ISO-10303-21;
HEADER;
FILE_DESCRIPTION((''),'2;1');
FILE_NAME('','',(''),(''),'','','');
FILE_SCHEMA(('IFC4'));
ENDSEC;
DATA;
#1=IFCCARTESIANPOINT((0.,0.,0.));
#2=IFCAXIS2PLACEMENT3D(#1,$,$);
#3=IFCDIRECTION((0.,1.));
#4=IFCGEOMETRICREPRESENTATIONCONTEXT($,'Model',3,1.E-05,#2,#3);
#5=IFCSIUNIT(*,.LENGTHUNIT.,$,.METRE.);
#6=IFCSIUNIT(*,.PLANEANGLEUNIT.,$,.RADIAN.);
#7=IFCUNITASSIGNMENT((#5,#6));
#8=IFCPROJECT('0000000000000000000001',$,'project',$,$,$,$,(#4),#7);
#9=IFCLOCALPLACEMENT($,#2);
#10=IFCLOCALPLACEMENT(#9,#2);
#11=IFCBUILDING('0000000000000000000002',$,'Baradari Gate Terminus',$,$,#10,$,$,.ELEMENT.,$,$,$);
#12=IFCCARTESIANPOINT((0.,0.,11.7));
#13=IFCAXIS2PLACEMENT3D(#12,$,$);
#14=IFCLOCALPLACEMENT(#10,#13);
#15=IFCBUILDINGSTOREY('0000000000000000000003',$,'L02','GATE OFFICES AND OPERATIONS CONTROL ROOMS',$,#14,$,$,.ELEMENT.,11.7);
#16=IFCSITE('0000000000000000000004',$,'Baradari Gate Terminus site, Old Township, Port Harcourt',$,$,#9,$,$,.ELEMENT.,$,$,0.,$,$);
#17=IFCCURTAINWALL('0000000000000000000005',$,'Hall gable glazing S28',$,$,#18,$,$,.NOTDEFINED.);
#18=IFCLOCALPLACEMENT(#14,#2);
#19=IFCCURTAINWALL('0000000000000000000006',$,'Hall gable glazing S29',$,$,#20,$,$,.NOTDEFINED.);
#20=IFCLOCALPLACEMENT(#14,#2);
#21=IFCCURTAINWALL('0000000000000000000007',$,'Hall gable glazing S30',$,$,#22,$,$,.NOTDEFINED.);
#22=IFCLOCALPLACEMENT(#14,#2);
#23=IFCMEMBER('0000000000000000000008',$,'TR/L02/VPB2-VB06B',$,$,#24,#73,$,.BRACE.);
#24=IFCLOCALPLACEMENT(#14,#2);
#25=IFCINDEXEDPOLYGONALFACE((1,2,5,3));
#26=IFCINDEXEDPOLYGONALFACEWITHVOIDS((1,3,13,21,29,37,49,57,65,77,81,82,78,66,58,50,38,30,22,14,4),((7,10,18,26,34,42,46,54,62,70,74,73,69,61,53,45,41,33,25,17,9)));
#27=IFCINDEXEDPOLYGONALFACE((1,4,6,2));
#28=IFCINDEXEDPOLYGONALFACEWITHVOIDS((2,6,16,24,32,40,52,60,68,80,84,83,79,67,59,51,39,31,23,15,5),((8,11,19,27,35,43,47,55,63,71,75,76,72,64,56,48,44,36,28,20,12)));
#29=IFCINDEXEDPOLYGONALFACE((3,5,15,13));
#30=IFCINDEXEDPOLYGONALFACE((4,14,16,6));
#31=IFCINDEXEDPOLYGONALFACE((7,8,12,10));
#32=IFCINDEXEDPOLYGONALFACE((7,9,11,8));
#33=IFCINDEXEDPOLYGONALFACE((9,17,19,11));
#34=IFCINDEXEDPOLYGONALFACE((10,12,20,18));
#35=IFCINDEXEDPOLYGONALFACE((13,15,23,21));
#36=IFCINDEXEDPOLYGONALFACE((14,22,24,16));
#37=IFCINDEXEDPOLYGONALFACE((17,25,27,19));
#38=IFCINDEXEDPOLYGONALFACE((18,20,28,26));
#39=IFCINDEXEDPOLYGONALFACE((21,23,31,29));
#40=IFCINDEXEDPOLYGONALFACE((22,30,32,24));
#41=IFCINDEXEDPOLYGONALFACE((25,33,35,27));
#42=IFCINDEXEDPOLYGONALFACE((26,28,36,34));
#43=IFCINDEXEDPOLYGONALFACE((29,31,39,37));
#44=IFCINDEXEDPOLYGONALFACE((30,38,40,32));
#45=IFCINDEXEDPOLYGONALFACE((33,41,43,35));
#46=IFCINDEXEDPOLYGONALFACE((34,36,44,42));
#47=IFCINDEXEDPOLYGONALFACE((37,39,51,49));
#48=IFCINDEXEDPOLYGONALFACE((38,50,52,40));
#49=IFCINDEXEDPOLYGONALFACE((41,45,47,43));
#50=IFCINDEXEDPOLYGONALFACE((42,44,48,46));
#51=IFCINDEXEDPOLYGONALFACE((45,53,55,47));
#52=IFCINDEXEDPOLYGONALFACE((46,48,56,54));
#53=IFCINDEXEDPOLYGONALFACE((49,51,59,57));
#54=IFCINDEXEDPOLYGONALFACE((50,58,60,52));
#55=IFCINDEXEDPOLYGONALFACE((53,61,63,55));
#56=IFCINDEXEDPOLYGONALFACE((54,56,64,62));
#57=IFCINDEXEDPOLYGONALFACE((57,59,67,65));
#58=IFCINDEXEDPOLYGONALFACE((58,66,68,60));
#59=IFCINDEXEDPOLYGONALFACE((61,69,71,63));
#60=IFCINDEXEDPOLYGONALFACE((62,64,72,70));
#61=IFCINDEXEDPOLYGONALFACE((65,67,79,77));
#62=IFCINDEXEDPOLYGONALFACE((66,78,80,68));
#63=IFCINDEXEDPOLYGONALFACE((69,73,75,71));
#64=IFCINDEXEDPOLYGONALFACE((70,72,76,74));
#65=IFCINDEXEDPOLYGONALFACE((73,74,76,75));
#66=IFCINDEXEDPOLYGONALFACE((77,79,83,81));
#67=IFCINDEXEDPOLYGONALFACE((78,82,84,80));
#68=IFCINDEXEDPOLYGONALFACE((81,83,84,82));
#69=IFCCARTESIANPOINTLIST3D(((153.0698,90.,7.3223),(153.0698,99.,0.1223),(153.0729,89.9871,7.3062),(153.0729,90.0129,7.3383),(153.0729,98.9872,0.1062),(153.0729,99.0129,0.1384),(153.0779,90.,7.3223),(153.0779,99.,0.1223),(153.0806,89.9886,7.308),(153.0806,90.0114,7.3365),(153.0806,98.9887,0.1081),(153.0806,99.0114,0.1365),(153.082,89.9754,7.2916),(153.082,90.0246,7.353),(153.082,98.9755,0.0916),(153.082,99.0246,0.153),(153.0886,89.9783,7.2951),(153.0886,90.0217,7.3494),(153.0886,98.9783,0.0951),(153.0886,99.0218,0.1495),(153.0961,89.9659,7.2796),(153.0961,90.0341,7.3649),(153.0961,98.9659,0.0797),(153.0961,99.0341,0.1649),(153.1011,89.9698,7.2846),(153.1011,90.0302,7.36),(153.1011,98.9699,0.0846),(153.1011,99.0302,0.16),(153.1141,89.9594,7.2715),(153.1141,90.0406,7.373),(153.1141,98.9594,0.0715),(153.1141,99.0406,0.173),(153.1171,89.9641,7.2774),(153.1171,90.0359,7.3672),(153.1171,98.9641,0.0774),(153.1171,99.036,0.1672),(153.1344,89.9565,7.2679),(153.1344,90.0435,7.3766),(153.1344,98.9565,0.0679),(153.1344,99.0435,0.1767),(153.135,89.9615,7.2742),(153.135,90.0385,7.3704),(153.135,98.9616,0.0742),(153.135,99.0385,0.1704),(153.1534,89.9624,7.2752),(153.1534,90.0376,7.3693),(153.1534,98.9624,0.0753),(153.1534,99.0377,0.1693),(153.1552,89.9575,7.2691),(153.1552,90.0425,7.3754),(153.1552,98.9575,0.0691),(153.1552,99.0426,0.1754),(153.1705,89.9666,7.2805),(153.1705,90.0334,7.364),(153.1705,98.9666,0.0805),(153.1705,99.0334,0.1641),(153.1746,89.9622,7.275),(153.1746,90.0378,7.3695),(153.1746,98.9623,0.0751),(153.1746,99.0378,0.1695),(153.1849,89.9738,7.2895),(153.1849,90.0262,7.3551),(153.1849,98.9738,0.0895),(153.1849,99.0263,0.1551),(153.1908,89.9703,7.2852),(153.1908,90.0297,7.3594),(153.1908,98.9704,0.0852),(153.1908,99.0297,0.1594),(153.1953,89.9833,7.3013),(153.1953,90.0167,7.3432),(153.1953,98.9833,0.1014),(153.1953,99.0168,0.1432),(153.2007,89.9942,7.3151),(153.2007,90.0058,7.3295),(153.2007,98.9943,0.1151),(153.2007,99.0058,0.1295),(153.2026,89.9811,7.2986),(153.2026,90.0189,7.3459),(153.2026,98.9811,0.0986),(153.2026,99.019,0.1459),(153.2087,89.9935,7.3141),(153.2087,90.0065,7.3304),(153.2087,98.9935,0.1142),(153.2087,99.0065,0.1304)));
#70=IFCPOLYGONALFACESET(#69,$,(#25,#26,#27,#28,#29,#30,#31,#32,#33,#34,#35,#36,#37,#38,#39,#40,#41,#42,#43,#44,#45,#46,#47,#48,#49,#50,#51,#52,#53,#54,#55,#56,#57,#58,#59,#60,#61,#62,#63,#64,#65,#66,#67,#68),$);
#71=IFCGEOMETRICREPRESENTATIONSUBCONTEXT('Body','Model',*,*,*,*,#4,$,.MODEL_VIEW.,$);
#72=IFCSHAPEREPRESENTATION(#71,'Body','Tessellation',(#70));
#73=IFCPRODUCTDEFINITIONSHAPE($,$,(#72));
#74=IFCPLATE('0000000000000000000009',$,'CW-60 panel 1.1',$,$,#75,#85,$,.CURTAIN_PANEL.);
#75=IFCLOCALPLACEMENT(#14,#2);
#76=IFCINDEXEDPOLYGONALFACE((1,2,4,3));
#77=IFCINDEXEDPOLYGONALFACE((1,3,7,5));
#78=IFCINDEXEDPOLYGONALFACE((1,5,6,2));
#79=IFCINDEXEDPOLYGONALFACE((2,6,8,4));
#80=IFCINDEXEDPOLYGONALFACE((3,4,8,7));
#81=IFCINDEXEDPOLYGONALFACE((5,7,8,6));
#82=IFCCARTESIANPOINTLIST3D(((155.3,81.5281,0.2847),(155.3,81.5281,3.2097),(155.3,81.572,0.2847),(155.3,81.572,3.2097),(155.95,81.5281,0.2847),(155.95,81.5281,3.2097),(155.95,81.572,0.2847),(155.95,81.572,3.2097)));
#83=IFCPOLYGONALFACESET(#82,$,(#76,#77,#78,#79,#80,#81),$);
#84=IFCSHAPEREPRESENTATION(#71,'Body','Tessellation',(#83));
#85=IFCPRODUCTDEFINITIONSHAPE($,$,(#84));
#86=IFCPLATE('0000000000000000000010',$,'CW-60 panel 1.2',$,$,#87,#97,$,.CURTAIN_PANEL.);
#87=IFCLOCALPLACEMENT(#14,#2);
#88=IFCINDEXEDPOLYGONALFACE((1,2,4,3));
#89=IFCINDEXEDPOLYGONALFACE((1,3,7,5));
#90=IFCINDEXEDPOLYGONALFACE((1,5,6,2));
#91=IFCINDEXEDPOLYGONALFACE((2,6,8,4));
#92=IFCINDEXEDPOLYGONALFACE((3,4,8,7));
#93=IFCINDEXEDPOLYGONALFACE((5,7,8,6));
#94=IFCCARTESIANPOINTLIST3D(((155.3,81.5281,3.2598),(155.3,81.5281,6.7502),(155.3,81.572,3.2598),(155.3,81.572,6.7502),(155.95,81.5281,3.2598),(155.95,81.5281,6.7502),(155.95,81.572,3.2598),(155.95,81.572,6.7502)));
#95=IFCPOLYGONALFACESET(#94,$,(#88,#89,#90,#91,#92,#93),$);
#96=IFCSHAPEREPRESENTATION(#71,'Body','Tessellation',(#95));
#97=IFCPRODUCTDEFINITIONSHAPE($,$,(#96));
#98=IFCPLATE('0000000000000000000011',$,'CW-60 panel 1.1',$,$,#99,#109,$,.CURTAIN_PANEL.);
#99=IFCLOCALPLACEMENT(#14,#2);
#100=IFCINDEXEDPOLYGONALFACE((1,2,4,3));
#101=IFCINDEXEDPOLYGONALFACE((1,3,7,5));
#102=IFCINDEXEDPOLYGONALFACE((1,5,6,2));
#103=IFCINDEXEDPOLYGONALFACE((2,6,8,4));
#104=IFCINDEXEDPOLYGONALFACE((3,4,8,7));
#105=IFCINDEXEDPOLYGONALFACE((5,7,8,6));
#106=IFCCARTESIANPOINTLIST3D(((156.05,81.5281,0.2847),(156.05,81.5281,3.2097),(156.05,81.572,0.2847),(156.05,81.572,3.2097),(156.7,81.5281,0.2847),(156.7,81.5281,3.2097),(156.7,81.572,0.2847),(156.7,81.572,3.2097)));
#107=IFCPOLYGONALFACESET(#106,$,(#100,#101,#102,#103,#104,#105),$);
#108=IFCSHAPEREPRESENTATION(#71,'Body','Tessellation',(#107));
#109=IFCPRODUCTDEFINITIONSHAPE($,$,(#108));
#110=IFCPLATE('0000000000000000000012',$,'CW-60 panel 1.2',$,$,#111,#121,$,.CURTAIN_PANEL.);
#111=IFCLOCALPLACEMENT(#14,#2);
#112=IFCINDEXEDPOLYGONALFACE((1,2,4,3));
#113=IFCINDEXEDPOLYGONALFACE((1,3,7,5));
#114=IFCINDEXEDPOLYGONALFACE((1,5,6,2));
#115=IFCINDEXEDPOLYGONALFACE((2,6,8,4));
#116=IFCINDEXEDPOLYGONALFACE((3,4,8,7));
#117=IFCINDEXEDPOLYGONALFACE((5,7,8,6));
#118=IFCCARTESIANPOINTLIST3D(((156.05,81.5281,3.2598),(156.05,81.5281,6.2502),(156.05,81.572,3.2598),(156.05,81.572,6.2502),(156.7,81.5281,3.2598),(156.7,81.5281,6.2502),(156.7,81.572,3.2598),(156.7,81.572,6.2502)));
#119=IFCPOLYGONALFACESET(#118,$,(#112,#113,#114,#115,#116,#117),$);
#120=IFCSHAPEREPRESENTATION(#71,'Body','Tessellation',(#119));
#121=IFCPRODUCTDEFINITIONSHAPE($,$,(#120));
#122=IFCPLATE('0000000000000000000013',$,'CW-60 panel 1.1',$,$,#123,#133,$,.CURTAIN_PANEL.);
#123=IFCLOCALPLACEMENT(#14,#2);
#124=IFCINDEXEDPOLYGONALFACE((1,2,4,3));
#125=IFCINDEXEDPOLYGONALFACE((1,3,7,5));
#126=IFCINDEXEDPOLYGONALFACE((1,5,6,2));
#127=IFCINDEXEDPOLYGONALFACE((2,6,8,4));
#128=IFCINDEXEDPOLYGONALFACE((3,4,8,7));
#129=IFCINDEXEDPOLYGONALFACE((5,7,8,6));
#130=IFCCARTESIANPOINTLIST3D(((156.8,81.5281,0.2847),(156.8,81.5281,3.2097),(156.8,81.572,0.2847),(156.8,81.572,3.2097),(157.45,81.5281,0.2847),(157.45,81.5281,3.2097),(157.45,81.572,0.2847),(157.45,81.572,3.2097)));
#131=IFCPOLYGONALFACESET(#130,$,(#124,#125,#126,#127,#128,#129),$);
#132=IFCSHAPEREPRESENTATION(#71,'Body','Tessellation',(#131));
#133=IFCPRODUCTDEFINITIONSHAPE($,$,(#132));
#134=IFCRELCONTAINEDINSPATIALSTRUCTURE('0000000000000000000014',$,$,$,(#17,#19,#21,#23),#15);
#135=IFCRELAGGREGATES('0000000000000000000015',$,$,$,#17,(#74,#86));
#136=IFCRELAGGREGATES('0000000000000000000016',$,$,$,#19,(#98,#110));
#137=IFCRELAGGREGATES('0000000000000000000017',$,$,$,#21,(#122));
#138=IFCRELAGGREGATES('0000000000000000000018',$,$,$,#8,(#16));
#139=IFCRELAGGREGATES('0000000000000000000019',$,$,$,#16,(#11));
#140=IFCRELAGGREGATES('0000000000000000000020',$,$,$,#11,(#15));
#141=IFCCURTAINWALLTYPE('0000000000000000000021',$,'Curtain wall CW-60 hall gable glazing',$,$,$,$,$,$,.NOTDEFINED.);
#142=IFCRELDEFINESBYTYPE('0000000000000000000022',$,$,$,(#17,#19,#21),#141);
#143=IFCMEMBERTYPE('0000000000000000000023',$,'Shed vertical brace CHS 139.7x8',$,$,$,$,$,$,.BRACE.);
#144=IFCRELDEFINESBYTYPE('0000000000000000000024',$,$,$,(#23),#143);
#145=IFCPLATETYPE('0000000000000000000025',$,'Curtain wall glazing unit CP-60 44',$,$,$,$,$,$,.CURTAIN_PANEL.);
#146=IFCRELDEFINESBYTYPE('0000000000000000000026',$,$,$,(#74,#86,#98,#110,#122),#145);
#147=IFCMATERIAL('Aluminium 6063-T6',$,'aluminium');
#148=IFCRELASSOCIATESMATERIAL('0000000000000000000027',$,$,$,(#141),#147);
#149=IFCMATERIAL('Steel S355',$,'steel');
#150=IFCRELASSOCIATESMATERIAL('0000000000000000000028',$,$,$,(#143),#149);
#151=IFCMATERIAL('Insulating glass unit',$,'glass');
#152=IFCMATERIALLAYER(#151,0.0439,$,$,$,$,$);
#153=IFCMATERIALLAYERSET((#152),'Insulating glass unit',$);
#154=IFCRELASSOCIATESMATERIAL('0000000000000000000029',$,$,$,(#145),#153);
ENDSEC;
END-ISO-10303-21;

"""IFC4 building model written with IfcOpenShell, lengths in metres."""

from ifc_helpers import new_model, si_unit, direction, frame, origin, origin_2d, place, context, subcontext, project, spatial, rectangle, hollow_circle, extrude, material, layer, layer_set, material_profile, profile_set, type_object, element, aggregate, save


model = new_model("IFC4")

# Units and contexts
model_context = context("Model", 3, precision=1e-05, world=origin(), true_north=direction((0.0, 1.0)))
body_context = subcontext(model_context, "Body", "Model", "MODEL_VIEW")
ifc_project = project(units=[si_unit("LENGTHUNIT", "METRE"), si_unit("PLANEANGLEUNIT", "RADIAN")], contexts=[model_context])

# Site, building, storey
site_placement = place(None, origin())
site = spatial("IfcSite", under=ifc_project, at=site_placement, Name="Baradari Gate Terminus site, Old Township, Port Harcourt", CompositionType="ELEMENT", RefElevation=0.0)
building_placement = place(site_placement, origin())
building = spatial("IfcBuilding", under=site, at=building_placement, Name="Baradari Gate Terminus", CompositionType="ELEMENT")
storey_placement = place(building_placement, frame((0.0, 0.0, 11.7)))
storey = spatial("IfcBuildingStorey", under=building, at=storey_placement, Name="L02", Description="GATE OFFICES AND OPERATIONS CONTROL ROOMS", CompositionType="ELEMENT", Elevation=11.7)

# Curtain wall
ifc_material_1 = material(Name="Aluminium 6063-T6", Category="aluminium")
curtain_wall_type = type_object("IfcCurtainWallType", Name="Curtain wall CW-60 hall gable glazing", PredefinedType="NOTDEFINED", material=ifc_material_1)
curtain_wall_1_placement = place(storey_placement, origin())
curtain_wall_1 = element("IfcCurtainWall", 1, at=curtain_wall_1_placement, inside=storey, type_object=curtain_wall_type, Name="Hall gable glazing S28", PredefinedType="NOTDEFINED")

# Curtain wall
curtain_wall_2_placement = place(storey_placement, origin())
curtain_wall_2 = element("IfcCurtainWall", 2, at=curtain_wall_2_placement, inside=storey, type_object=curtain_wall_type, Name="Hall gable glazing S29", PredefinedType="NOTDEFINED")

# Curtain wall
curtain_wall_3_placement = place(storey_placement, origin())
curtain_wall_3 = element("IfcCurtainWall", 3, at=curtain_wall_3_placement, inside=storey, type_object=curtain_wall_type, Name="Hall gable glazing S30", PredefinedType="NOTDEFINED")

# Member
ifc_material_2 = material(Name="Steel S355", Category="steel")
ifc_material_profile_1 = material_profile(ifc_material_2, hollow_circle(Radius=0.0698, WallThickness=0.0081, at=origin_2d()), Name="CHS 139.7x8")
ifc_profile_set_1 = profile_set([ifc_material_profile_1], Name="Steel S355")
member_type_1 = type_object("IfcMemberType", Name="Shed vertical brace CHS 139.7x8", PredefinedType="BRACE", material=ifc_profile_set_1)
for number, where, z_axis, x_axis, name in (
    (4, (153.1396, 90.0, 7.3223), (0.0, 0.780871, -0.624692), (-1.0, 0.0, 0.0), "TR/L02/VPB2-VB06B"),
):
    element("IfcMember", number, at=place(storey_placement, frame(where, z_axis=z_axis, x_axis=x_axis)), inside=storey, type_object=member_type_1, Name=name, PredefinedType="BRACE", context=body_context, shape_type="SweptSolid", body=[
        extrude(hollow_circle(Radius=0.0698, WallThickness=0.0081, at=origin_2d()), origin(), (0.0, 0.0, 1.0), 11.5256),
    ])

# Plates
ifc_material_3 = material(Name="Insulating glass unit", Category="glass")
ifc_layer = layer(ifc_material_3, 0.0439)
ifc_layer_set = layer_set([ifc_layer], Name="Insulating glass unit")
plate_type = type_object("IfcPlateType", Name="Curtain wall glazing unit CP-60 44", PredefinedType="CURTAIN_PANEL", material=ifc_layer_set)
plate_1_placement = place(storey_placement, frame((155.625, 81.55, 0.2847), z_axis=(0.0, 0.0, 1.0), x_axis=(1.0, 0.0, 0.0)))
plate_1 = element("IfcPlate", 5, at=plate_1_placement, type_object=plate_type, Name="CW-60 panel 1.1", PredefinedType="CURTAIN_PANEL", context=body_context, shape_type="SweptSolid", body=[
    extrude(rectangle(XDim=0.6499, YDim=0.0439, at=origin_2d()), origin(), (0.0, 0.0, 1.0), 2.925),
])
plate_2_placement = place(storey_placement, frame((155.625, 81.55, 3.2598), z_axis=(0.0, 0.0, 1.0), x_axis=(1.0, 0.0, 0.0)))
plate_2 = element("IfcPlate", 6, at=plate_2_placement, type_object=plate_type, Name="CW-60 panel 1.2", PredefinedType="CURTAIN_PANEL", context=body_context, shape_type="SweptSolid", body=[
    extrude(rectangle(XDim=0.6499, YDim=0.0439, at=origin_2d()), origin(), (0.0, 0.0, 1.0), 3.4905),
])
aggregate(curtain_wall_1, [plate_1, plate_2])
plate_3_placement = place(storey_placement, frame((156.375, 81.55, 0.2847), z_axis=(0.0, 0.0, 1.0), x_axis=(1.0, 0.0, 0.0)))
plate_3 = element("IfcPlate", 7, at=plate_3_placement, type_object=plate_type, Name="CW-60 panel 1.1", PredefinedType="CURTAIN_PANEL", context=body_context, shape_type="SweptSolid", body=[
    extrude(rectangle(XDim=0.6499, YDim=0.0439, at=origin_2d()), origin(), (0.0, 0.0, 1.0), 2.925),
])
plate_4_placement = place(storey_placement, frame((156.375, 81.55, 3.2598), z_axis=(0.0, 0.0, 1.0), x_axis=(1.0, 0.0, 0.0)))
plate_4 = element("IfcPlate", 8, at=plate_4_placement, type_object=plate_type, Name="CW-60 panel 1.2", PredefinedType="CURTAIN_PANEL", context=body_context, shape_type="SweptSolid", body=[
    extrude(rectangle(XDim=0.6499, YDim=0.0439, at=origin_2d()), origin(), (0.0, 0.0, 1.0), 2.9905),
])
aggregate(curtain_wall_2, [plate_3, plate_4])
plate_5_placement = place(storey_placement, frame((157.125, 81.55, 0.2847), z_axis=(0.0, 0.0, 1.0), x_axis=(1.0, 0.0, 0.0)))
plate_5 = element("IfcPlate", 9, at=plate_5_placement, type_object=plate_type, Name="CW-60 panel 1.1", PredefinedType="CURTAIN_PANEL", context=body_context, shape_type="SweptSolid", body=[
    extrude(rectangle(XDim=0.6499, YDim=0.0439, at=origin_2d()), origin(), (0.0, 0.0, 1.0), 2.925),
])
aggregate(curtain_wall_3, [plate_5])

save(model, "model.ifc")
